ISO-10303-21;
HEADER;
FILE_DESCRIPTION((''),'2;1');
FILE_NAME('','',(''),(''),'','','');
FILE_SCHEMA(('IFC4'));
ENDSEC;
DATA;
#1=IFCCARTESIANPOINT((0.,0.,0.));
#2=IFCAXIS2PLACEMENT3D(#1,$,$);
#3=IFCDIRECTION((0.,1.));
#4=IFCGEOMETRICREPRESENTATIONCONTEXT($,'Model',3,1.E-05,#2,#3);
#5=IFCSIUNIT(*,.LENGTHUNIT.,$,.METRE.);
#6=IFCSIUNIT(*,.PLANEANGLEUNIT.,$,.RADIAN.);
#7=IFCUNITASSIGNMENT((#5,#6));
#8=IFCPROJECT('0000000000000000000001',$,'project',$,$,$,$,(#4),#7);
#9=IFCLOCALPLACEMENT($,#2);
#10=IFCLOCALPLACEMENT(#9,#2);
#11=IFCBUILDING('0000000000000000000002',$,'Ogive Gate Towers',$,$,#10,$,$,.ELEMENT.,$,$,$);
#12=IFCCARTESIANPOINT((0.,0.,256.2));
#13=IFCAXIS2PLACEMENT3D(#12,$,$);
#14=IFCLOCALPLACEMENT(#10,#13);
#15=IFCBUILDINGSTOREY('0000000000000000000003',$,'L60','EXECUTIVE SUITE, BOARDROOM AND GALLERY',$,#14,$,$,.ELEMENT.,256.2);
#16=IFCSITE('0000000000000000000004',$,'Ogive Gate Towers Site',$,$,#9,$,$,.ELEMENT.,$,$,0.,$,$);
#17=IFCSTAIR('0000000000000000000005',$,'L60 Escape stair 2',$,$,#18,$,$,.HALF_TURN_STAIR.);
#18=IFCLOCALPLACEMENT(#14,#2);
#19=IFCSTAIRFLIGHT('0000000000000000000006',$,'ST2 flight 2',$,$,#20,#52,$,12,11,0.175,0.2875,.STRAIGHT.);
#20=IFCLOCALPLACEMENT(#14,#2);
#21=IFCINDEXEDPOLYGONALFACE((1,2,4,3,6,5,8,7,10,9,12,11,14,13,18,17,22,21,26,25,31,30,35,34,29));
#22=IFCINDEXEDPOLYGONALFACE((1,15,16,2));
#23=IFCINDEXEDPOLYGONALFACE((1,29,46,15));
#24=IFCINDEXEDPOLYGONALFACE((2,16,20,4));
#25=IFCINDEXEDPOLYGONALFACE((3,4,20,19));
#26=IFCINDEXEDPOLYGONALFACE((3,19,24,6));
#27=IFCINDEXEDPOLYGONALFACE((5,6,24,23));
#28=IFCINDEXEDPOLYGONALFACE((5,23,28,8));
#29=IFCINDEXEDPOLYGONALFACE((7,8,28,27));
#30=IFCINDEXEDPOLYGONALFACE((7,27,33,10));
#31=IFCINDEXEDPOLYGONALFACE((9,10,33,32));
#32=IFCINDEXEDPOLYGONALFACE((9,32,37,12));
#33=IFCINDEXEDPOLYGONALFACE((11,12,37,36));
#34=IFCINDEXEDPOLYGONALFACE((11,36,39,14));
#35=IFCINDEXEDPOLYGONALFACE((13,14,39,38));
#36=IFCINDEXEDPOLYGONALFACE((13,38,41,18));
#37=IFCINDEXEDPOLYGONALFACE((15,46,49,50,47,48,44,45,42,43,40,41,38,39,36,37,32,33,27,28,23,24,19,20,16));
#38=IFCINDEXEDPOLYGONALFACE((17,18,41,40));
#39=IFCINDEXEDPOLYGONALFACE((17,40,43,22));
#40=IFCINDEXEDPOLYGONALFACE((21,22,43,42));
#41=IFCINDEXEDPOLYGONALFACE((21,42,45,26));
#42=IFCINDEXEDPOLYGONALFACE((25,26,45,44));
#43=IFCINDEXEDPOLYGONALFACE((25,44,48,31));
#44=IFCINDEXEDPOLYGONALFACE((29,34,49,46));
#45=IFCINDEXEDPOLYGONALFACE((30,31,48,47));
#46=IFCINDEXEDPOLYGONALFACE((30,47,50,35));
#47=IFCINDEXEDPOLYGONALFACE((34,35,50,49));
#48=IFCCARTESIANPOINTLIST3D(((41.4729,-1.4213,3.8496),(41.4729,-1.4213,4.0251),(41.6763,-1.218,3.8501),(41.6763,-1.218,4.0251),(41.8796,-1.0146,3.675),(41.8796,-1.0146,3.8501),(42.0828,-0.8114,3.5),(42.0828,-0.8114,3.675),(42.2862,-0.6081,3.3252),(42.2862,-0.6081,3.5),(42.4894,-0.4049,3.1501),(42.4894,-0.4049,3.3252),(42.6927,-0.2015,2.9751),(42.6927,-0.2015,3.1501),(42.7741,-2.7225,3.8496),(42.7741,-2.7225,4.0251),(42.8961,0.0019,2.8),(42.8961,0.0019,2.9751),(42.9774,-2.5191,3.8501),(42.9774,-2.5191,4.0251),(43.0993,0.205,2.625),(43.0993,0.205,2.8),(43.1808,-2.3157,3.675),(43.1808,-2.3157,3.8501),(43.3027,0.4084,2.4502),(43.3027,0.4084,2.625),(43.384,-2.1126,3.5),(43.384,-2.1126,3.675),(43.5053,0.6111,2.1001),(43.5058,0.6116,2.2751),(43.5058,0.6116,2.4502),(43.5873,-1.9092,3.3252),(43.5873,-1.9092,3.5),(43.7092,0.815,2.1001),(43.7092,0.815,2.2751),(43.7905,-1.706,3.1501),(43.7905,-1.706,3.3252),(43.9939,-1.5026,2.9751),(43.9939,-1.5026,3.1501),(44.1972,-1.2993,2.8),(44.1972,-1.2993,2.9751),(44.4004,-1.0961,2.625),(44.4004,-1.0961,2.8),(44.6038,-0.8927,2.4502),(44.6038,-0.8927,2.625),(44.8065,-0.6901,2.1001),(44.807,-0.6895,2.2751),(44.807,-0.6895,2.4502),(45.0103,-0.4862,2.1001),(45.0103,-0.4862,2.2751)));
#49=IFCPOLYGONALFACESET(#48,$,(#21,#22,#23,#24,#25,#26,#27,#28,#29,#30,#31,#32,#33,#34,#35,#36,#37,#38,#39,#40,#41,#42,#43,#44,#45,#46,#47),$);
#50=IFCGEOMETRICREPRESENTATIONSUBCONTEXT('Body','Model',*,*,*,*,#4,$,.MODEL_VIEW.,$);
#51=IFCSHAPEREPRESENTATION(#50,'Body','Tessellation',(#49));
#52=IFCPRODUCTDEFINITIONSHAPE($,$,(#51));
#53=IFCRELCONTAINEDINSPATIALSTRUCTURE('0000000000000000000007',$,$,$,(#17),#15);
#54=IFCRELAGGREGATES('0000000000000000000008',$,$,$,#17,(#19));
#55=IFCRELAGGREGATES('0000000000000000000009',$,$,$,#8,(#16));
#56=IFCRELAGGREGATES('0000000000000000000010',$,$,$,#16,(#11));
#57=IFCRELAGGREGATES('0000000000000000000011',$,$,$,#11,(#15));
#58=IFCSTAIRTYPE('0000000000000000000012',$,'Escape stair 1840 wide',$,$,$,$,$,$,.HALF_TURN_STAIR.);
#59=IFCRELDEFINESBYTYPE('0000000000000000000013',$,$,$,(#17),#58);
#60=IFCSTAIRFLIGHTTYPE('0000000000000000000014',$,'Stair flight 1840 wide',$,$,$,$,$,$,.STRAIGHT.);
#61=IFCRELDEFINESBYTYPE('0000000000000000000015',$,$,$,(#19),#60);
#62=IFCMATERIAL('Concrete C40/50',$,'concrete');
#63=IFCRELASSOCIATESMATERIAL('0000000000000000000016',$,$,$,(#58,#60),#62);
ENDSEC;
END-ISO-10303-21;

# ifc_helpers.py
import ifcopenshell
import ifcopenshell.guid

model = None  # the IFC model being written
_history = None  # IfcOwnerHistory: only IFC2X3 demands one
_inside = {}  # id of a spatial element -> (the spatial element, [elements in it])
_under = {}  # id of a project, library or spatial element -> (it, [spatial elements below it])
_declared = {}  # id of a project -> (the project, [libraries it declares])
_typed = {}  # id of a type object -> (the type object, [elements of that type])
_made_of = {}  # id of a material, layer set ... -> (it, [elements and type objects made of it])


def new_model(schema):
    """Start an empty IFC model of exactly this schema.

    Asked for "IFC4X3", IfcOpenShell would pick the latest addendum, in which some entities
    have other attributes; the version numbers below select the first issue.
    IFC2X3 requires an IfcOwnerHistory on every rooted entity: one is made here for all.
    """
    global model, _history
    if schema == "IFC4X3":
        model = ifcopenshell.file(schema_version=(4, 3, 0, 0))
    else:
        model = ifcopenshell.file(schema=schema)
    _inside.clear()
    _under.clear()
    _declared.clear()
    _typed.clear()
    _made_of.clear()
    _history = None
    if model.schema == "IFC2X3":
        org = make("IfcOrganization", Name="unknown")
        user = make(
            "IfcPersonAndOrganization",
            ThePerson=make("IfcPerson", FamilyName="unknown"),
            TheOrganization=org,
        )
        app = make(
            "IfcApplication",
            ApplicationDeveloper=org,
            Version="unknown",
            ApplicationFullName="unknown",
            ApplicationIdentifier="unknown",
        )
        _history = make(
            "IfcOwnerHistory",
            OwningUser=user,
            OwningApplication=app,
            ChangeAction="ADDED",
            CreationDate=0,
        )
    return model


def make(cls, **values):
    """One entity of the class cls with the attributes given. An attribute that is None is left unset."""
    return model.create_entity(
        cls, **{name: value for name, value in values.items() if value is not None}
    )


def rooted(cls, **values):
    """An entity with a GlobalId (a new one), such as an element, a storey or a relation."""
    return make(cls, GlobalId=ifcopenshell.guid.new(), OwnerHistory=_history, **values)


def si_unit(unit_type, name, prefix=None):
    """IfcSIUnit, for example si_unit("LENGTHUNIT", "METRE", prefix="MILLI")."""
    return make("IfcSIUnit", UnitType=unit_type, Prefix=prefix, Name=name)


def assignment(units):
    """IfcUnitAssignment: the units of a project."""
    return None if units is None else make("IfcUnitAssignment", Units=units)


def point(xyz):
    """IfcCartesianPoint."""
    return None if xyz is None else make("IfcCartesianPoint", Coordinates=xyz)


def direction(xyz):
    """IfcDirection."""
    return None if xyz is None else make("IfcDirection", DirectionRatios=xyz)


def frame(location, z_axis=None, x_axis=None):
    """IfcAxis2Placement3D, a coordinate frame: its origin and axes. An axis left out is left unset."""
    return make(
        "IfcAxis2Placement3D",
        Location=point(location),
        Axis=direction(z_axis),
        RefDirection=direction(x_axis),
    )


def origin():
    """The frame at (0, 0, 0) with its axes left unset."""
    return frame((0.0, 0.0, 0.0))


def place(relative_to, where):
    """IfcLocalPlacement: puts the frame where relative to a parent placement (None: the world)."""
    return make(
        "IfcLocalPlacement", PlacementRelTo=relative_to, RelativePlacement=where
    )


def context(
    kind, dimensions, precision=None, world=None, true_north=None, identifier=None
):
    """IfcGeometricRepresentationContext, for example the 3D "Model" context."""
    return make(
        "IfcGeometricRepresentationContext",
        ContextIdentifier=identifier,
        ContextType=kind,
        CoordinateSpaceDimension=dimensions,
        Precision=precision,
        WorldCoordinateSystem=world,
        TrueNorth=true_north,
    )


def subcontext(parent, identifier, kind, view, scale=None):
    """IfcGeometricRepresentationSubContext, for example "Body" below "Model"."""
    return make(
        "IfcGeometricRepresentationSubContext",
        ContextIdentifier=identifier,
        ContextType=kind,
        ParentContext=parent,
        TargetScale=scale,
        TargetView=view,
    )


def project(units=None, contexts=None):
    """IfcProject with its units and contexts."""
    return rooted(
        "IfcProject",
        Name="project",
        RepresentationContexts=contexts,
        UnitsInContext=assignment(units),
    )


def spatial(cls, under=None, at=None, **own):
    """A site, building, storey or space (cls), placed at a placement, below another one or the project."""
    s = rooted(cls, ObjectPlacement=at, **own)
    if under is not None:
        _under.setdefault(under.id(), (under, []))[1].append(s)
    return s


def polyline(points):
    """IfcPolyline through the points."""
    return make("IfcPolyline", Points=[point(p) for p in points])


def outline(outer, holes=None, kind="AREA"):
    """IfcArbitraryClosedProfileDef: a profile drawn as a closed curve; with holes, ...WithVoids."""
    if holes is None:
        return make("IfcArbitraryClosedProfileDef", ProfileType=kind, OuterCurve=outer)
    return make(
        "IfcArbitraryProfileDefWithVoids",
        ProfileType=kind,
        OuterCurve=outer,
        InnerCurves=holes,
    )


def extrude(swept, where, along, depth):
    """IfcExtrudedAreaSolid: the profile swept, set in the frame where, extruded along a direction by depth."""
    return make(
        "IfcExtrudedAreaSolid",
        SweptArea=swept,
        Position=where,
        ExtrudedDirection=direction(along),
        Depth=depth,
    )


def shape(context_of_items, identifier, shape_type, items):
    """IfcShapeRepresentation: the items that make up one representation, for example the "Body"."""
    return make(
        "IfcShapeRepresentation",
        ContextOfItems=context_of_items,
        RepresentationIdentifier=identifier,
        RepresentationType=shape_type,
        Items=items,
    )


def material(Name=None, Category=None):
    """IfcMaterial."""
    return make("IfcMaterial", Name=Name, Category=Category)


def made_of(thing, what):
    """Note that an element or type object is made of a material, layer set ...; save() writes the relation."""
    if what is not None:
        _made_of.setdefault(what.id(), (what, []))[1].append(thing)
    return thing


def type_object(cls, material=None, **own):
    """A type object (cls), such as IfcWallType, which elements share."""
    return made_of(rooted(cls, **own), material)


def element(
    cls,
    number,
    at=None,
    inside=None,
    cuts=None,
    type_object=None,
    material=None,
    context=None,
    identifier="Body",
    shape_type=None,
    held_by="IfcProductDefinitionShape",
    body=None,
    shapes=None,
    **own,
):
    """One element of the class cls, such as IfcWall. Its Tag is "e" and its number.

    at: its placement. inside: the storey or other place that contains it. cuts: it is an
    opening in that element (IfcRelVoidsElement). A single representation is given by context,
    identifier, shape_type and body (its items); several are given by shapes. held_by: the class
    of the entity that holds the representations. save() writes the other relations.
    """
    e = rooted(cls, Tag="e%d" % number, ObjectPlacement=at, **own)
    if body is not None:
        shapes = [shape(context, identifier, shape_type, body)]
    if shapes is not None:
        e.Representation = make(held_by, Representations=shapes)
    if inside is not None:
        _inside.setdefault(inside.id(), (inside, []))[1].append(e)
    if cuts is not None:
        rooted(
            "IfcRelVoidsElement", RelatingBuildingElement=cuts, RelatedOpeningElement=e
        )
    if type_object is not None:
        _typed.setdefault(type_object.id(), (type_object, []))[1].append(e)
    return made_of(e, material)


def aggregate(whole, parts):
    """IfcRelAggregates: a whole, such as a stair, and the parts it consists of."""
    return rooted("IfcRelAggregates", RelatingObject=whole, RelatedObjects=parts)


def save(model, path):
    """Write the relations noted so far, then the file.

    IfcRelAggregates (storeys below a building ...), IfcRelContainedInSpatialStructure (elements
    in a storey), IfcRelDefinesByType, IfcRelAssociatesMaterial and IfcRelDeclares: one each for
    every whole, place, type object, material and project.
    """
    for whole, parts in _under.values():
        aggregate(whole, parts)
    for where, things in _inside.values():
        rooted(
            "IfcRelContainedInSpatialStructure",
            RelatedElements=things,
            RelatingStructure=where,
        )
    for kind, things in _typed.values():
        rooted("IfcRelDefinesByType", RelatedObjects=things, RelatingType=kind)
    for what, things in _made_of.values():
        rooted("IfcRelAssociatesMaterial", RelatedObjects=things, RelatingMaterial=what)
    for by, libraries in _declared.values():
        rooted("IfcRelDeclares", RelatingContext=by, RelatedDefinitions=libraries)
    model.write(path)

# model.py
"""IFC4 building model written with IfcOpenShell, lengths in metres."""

from ifc_helpers import new_model, si_unit, direction, frame, origin, place, context, subcontext, project, spatial, polyline, outline, extrude, material, type_object, element, aggregate, save


model = new_model("IFC4")

# Units and contexts
model_context = context("Model", 3, precision=1e-05, world=origin(), true_north=direction((0.0, 1.0)))
body_context = subcontext(model_context, "Body", "Model", "MODEL_VIEW")
ifc_project = project(units=[si_unit("LENGTHUNIT", "METRE"), si_unit("PLANEANGLEUNIT", "RADIAN")], contexts=[model_context])

# Site, building, storey
site_placement = place(None, origin())
site = spatial("IfcSite", under=ifc_project, at=site_placement, Name="Ogive Gate Towers Site", CompositionType="ELEMENT", RefElevation=0.0)
building_placement = place(site_placement, origin())
building = spatial("IfcBuilding", under=site, at=building_placement, Name="Ogive Gate Towers", CompositionType="ELEMENT")
storey_placement = place(building_placement, frame((0.0, 0.0, 256.2)))
storey = spatial("IfcBuildingStorey", under=building, at=storey_placement, Name="L60", Description="EXECUTIVE SUITE, BOARDROOM AND GALLERY", CompositionType="ELEMENT", Elevation=256.2)

# Shared definitions
ifc_material_1 = material(Name="Concrete C40/50", Category="concrete")

# Stair, stair flight
stair_type = type_object("IfcStairType", Name="Escape stair 1840 wide", PredefinedType="HALF_TURN_STAIR", material=ifc_material_1)
stair_placement = place(storey_placement, origin())
stair = element("IfcStair", 1, at=stair_placement, inside=storey, type_object=stair_type, Name="L60 Escape stair 2", PredefinedType="HALF_TURN_STAIR")
stair_flight_type = type_object("IfcStairFlightType", Name="Stair flight 1840 wide", PredefinedType="STRAIGHT", material=ifc_material_1)
stair_flight_placement = place(storey_placement, frame((44.3599, 0.1643, 2.1001), z_axis=(0.0, 0.0, 1.0), x_axis=(-0.707107, -0.707107, 0.0)))
stair_flight = element("IfcStairFlight", 2, at=stair_flight_placement, type_object=stair_flight_type, Name="ST2 flight 2", NumberOfRisers=12, NumberOfTreads=11, PredefinedType="STRAIGHT", RiserHeight=0.175, TreadLength=0.2875, context=body_context, shape_type="SweptSolid", body=[
    extrude(outline(polyline([(0.0, 0.0), (0.0, 0.175), (0.2876, 0.175), (0.2876, 0.3501), (0.575, 0.3501), (0.575, 0.5249), (0.8625, 0.5249), (0.8625, 0.7), (1.1499, 0.7), (1.1499, 0.875), (1.4375, 0.875), (1.4375, 1.05), (1.7251, 1.05), (1.7251, 1.2251), (2.0125, 1.2251), (2.0125, 1.3999), (2.3, 1.3999), (2.3, 1.575), (2.5874, 1.575), (2.5874, 1.75), (2.875, 1.75), (2.875, 1.925), (3.1626, 1.925), (3.1626, 2.1001), (3.1626, 1.7495), (0.2883, 0.0), (0.0, 0.0)])), frame((0.0, 0.9199, 0.0), z_axis=(0.0, -1.0, 0.0), x_axis=(1.0, 0.0, 0.0)), (0.0, 0.0, 1.0), 1.8401),
])
aggregate(stair, [stair_flight])

save(model, "model.ifc")
